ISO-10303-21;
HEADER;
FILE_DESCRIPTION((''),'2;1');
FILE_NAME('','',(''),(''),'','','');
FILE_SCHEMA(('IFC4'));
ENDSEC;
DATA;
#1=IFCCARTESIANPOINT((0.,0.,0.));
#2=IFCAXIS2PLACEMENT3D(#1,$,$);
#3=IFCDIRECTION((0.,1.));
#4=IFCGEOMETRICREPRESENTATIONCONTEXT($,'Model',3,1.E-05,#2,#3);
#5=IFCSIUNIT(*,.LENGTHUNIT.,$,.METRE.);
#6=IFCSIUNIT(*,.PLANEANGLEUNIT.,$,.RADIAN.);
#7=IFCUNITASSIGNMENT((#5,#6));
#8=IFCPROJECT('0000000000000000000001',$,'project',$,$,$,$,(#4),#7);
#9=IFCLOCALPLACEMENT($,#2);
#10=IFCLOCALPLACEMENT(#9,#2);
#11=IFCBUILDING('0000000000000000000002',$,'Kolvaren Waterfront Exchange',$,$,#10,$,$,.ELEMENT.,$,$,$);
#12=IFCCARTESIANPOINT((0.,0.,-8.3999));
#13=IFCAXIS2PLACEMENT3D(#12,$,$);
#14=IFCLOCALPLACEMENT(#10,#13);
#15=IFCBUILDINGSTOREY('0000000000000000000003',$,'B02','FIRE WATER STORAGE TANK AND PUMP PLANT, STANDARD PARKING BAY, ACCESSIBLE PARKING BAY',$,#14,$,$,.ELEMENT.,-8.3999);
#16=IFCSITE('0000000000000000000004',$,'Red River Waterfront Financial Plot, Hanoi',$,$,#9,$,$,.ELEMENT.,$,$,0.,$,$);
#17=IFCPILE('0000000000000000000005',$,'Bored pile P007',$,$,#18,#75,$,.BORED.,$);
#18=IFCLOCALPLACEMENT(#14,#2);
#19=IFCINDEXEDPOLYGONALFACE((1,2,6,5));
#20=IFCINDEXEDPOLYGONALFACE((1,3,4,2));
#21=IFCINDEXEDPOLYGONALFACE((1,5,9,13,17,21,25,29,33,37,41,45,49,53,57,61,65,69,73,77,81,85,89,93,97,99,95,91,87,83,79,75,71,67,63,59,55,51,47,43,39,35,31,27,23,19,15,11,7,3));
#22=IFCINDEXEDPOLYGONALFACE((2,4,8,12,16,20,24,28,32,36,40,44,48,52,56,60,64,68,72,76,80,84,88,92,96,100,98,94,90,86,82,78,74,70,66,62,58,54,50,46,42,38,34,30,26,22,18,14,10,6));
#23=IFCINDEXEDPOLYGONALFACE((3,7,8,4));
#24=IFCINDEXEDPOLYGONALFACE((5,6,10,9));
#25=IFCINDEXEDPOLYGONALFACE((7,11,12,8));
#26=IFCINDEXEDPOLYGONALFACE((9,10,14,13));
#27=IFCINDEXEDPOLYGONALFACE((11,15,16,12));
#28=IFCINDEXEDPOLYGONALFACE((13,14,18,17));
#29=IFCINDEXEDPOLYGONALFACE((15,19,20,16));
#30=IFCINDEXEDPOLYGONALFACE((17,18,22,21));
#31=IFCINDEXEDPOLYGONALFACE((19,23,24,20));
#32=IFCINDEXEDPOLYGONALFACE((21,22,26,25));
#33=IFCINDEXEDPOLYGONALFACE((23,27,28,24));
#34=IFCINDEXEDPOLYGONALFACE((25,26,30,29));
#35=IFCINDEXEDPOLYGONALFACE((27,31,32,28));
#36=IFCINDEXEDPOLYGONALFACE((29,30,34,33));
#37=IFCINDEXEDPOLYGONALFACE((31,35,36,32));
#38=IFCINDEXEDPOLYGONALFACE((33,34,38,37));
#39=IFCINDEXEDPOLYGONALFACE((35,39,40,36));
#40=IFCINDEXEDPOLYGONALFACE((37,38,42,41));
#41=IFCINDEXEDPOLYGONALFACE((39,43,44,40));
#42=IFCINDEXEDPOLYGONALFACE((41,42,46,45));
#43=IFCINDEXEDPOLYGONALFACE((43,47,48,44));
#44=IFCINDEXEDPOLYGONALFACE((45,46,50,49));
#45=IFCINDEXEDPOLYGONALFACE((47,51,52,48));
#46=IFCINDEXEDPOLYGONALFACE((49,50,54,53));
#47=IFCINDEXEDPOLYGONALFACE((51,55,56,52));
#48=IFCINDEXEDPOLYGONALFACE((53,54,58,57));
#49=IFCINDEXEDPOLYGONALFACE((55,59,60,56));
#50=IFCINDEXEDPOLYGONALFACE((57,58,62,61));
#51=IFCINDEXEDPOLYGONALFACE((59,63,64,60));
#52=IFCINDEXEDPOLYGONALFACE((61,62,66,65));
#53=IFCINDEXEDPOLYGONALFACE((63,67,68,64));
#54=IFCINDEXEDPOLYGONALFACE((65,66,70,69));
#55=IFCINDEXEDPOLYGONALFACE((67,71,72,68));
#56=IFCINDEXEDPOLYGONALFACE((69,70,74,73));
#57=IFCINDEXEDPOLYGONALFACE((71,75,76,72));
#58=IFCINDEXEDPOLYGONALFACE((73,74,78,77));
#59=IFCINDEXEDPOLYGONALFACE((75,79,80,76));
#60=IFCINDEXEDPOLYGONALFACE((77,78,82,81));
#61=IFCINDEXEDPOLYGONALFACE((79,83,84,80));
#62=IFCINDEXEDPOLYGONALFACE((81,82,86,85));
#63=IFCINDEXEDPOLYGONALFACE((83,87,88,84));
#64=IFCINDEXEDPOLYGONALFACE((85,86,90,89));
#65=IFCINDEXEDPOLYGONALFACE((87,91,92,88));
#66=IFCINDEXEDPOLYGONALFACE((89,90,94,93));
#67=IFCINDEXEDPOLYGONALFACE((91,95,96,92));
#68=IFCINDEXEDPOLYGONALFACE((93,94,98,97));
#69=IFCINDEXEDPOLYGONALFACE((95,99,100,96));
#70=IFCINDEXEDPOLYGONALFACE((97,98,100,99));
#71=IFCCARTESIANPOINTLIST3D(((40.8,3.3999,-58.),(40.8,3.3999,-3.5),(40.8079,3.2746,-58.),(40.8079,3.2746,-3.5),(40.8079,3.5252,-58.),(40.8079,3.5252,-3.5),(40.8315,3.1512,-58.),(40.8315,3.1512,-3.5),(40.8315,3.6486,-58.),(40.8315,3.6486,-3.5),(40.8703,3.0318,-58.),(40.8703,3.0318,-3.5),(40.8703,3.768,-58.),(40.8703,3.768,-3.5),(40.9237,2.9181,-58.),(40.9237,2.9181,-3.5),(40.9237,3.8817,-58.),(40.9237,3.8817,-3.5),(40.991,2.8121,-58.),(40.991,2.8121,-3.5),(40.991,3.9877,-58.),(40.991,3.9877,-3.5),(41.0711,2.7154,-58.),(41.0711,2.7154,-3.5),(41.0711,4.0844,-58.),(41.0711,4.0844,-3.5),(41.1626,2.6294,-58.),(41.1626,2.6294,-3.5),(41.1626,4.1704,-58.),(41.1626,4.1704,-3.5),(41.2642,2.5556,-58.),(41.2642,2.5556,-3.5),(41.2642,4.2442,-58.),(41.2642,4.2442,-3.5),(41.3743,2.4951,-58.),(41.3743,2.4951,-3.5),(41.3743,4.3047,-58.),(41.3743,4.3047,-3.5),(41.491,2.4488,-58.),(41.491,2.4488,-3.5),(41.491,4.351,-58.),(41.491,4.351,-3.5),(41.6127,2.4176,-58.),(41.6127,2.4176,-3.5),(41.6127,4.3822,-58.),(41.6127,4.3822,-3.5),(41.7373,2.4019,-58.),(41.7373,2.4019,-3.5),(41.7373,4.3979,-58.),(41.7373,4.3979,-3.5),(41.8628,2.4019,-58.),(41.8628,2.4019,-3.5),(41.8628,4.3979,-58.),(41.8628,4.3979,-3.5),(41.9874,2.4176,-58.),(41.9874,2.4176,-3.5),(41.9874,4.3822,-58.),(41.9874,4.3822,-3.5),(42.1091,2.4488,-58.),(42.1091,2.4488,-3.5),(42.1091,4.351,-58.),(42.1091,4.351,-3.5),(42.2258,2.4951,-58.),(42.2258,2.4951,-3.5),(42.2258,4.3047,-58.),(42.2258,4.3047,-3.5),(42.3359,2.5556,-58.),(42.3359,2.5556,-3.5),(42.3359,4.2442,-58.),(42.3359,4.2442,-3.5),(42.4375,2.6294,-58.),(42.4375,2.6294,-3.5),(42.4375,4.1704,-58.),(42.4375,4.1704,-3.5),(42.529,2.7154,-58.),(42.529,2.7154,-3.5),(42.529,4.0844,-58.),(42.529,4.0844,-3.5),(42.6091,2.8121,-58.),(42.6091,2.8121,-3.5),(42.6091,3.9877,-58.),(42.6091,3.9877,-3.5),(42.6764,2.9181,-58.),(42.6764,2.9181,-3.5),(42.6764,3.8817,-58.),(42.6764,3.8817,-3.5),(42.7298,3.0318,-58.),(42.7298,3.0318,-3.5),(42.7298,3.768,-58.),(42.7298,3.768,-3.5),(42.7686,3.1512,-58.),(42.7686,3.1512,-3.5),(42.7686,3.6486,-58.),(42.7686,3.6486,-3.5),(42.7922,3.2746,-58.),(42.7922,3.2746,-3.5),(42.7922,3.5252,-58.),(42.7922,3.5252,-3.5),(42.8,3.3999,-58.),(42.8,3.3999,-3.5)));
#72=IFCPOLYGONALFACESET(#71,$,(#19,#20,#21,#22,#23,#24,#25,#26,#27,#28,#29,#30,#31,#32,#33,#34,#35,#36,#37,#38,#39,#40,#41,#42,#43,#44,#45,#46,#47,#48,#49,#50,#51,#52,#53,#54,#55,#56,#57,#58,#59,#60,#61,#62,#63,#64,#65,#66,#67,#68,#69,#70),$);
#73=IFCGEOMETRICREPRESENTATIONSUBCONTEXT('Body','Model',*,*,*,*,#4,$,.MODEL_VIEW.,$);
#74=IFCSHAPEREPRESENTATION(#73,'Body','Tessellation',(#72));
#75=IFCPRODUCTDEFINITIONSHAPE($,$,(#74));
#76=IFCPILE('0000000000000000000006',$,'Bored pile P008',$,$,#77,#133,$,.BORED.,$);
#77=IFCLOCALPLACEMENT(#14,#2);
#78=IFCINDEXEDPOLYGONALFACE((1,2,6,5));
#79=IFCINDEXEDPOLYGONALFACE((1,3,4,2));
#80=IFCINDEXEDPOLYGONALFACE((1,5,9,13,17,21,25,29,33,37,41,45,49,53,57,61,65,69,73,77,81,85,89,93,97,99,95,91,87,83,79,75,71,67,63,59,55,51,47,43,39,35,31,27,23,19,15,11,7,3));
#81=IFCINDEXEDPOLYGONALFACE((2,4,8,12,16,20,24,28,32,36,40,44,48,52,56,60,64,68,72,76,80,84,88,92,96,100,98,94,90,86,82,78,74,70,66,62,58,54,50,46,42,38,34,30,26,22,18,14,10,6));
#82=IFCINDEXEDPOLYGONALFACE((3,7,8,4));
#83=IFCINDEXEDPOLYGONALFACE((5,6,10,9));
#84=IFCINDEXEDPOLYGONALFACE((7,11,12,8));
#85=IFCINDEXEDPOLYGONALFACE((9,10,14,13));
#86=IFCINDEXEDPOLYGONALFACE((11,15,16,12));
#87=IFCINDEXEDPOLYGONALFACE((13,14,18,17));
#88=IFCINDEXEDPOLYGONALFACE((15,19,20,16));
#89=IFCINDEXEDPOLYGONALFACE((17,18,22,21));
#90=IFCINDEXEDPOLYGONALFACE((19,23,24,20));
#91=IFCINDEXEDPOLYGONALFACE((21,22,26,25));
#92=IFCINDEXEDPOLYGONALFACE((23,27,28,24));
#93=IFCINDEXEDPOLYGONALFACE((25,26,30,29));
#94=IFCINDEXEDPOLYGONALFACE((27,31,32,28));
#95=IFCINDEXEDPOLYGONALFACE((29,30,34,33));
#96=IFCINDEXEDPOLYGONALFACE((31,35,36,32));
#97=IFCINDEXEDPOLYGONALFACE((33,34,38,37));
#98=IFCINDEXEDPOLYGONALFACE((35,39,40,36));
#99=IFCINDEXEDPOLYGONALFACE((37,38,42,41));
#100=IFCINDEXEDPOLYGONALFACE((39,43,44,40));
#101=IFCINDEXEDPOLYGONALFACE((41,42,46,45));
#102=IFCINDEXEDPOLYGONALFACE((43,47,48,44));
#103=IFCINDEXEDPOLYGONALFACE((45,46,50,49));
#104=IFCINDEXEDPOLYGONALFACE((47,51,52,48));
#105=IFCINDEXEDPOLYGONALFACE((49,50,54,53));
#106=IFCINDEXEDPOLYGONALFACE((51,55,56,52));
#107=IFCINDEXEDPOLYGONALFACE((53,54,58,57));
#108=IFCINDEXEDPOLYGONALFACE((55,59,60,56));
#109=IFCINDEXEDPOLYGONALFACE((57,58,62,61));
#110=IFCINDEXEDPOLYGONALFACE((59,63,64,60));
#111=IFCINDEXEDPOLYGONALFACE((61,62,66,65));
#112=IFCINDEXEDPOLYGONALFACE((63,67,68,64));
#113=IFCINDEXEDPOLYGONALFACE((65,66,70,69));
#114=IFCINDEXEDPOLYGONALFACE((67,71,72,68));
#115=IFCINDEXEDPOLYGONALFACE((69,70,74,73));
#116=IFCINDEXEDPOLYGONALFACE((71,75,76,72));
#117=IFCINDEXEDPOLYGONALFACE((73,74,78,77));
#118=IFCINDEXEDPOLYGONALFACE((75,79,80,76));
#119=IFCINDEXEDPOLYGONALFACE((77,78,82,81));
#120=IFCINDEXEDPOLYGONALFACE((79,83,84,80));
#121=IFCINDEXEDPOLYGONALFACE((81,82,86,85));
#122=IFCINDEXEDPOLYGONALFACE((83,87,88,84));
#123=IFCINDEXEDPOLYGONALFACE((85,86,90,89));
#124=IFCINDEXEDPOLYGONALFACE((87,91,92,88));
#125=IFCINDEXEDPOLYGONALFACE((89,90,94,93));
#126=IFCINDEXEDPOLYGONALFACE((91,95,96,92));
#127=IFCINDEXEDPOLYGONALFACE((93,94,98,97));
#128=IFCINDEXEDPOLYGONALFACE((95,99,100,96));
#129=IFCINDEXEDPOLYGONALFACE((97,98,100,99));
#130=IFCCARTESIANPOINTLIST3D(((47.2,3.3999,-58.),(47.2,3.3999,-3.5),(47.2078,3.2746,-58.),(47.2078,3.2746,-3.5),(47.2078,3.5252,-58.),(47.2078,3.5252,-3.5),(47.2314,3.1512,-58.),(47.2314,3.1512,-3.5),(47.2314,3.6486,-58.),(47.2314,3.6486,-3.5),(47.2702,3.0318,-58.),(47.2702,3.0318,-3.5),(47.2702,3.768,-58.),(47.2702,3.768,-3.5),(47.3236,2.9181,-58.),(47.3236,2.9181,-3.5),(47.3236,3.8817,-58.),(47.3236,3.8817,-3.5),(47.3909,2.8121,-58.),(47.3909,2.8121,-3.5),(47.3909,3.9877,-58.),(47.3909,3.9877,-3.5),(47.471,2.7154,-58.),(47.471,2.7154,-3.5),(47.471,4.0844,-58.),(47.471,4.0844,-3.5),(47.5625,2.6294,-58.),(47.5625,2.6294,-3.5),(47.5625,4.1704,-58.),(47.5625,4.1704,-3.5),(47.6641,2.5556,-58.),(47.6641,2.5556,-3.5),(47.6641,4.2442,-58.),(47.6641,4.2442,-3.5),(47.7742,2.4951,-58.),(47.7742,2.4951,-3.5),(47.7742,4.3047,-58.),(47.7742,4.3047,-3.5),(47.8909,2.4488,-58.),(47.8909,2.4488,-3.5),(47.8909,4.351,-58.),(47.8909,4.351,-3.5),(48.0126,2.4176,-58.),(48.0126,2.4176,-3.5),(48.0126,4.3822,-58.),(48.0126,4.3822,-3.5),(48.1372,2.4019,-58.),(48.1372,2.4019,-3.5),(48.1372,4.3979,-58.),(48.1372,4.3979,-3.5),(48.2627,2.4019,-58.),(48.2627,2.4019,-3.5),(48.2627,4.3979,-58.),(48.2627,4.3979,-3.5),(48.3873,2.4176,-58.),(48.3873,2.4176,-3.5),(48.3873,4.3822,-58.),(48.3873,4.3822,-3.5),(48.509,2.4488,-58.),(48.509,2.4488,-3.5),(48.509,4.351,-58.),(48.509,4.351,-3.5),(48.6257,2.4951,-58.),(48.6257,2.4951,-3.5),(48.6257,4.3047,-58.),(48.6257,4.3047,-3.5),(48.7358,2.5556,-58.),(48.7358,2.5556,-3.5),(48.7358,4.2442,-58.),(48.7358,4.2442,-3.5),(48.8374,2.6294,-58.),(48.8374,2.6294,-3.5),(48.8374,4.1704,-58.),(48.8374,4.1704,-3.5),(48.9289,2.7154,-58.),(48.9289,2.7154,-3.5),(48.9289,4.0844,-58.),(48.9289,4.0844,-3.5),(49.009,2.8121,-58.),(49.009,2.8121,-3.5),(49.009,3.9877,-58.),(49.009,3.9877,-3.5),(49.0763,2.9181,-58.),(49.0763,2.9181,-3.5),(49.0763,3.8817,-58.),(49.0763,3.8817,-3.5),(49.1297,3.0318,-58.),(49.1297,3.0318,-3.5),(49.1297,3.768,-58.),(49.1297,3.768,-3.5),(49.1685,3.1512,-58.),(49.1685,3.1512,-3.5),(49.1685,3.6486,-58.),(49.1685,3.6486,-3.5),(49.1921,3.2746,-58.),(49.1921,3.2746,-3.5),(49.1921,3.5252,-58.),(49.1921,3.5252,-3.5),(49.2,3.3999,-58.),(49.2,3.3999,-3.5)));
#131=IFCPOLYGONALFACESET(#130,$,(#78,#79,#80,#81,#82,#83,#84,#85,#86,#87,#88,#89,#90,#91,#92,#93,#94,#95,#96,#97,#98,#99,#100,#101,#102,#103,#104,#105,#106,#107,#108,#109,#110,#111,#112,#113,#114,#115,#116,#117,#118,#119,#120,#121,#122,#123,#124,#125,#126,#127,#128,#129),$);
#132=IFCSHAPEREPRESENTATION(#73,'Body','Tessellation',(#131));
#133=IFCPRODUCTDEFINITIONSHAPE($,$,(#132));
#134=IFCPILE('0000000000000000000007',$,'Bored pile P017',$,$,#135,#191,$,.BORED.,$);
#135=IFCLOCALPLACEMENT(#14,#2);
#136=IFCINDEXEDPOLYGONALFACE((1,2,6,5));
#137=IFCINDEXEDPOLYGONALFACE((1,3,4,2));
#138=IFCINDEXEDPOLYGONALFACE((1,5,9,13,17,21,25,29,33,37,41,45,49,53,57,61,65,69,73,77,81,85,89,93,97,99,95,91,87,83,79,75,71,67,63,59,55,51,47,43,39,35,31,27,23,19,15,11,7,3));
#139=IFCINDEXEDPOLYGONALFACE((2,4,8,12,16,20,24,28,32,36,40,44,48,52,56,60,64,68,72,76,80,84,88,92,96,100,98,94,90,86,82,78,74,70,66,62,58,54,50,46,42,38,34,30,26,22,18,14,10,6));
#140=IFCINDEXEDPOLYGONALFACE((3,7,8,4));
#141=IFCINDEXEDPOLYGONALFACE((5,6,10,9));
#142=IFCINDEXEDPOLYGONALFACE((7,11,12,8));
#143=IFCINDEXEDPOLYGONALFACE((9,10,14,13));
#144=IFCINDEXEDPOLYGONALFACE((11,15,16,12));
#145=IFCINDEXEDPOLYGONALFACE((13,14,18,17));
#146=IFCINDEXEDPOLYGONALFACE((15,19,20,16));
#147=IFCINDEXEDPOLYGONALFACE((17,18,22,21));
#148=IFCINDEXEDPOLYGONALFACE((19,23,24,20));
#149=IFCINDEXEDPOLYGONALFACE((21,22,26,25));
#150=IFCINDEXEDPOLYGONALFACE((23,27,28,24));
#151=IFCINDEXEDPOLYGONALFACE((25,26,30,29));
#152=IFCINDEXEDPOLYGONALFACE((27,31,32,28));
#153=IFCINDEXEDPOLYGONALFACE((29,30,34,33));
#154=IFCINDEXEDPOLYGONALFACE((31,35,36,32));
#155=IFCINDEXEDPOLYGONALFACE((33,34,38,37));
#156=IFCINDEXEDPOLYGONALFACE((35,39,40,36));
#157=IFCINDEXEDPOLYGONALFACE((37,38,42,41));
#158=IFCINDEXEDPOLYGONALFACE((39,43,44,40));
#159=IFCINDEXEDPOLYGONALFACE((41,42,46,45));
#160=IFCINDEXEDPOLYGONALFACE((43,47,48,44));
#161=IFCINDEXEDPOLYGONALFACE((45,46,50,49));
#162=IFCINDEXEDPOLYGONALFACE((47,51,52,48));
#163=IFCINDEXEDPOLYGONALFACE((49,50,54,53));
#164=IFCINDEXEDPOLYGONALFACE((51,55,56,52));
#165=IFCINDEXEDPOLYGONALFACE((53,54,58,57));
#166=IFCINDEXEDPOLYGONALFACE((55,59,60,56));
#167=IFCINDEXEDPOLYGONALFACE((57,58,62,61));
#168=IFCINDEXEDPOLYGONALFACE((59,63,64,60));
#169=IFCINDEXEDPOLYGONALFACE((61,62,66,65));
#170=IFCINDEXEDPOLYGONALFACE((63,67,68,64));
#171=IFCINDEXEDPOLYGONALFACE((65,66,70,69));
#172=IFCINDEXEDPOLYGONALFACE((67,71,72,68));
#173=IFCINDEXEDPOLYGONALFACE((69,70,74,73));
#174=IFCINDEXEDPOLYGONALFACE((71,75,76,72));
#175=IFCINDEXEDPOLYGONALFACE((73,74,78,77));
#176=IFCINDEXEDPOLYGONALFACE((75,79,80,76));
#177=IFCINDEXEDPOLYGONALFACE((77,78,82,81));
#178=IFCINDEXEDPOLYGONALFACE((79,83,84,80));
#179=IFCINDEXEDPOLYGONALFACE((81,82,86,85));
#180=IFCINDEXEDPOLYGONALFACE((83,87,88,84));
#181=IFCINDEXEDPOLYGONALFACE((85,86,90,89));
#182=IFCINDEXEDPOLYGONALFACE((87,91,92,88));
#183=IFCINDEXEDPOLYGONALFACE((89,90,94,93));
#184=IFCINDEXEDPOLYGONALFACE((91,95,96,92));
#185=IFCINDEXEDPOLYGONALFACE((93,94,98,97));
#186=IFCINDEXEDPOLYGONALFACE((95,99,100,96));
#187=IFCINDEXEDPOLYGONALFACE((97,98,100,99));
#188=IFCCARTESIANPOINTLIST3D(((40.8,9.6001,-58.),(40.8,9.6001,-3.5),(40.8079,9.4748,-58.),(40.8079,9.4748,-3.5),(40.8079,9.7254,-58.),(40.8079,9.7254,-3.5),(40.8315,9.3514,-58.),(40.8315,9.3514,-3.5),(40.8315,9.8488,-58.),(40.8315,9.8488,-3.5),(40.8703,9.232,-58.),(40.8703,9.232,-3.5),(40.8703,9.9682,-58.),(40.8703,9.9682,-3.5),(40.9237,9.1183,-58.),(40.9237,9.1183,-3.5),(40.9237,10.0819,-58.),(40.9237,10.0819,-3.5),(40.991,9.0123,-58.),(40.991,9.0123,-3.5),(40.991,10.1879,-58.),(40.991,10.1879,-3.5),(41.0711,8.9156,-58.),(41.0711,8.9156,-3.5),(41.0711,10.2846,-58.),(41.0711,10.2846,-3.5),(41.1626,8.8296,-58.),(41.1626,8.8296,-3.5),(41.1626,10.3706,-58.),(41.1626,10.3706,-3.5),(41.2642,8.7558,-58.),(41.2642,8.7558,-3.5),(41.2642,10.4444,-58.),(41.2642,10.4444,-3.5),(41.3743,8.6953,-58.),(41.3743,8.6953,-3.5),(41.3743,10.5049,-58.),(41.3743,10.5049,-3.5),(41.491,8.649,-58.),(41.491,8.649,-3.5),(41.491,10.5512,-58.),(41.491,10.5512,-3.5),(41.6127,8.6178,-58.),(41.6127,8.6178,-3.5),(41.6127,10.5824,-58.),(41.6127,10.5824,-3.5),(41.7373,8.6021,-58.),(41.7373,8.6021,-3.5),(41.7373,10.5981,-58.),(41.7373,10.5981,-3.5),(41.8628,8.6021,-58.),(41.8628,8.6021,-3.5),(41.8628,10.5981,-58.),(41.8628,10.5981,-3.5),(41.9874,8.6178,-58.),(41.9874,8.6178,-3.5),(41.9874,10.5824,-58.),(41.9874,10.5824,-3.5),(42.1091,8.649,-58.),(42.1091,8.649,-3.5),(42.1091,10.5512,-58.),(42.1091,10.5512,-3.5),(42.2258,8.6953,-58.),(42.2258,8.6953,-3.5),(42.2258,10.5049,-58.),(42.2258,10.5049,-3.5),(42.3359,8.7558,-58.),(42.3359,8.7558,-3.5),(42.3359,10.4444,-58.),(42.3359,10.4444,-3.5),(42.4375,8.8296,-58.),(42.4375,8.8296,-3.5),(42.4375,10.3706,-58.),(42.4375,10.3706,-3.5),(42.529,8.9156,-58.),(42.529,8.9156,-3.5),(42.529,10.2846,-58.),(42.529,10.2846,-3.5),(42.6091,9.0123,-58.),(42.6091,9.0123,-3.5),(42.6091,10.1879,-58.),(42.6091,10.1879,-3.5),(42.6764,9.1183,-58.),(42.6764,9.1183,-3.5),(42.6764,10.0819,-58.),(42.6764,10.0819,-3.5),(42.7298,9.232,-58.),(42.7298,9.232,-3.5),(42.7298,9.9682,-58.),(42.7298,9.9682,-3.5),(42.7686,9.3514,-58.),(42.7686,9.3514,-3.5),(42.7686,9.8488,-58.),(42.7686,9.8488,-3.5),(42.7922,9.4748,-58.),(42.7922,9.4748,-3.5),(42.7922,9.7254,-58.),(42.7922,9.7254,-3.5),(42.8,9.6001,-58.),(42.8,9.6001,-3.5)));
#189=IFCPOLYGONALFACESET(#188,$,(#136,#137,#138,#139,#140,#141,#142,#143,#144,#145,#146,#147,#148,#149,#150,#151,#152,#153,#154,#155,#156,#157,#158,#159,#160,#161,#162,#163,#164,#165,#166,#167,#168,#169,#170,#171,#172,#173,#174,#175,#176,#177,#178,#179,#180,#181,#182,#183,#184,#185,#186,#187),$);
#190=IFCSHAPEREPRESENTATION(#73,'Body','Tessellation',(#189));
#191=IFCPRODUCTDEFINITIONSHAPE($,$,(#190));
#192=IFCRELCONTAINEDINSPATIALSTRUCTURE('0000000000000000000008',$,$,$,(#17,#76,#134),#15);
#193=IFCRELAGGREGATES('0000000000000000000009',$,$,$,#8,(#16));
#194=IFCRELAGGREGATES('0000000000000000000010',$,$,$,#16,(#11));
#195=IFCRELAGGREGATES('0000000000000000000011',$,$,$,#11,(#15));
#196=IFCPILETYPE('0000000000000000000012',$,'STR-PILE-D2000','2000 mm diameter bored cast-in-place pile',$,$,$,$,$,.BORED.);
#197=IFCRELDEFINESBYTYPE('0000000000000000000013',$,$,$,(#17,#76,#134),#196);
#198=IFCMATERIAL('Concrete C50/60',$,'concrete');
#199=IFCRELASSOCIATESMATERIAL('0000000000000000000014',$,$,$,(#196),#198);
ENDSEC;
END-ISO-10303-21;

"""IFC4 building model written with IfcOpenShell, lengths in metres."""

from ifc_helpers import new_model, si_unit, direction, frame, origin, origin_2d, place, context, subcontext, project, spatial, circle, extrude, material, material_profile, profile_set, type_object, element, save


model = new_model("IFC4")

# Units and contexts
model_context = context("Model", 3, precision=1e-05, world=origin(), true_north=direction((0.0, 1.0)))
body_context = subcontext(model_context, "Body", "Model", "MODEL_VIEW")
ifc_project = project(units=[si_unit("LENGTHUNIT", "METRE"), si_unit("PLANEANGLEUNIT", "RADIAN")], contexts=[model_context])

# Site, building, storey
site_placement = place(None, origin())
site = spatial("IfcSite", under=ifc_project, at=site_placement, Name="Red River Waterfront Financial Plot, Hanoi", CompositionType="ELEMENT", RefElevation=0.0)
building_placement = place(site_placement, origin())
building = spatial("IfcBuilding", under=site, at=building_placement, Name="Kolvaren Waterfront Exchange", CompositionType="ELEMENT")
storey_placement = place(building_placement, frame((0.0, 0.0, -8.3999)))
storey = spatial("IfcBuildingStorey", under=building, at=storey_placement, Name="B02", Description="FIRE WATER STORAGE TANK AND PUMP PLANT, STANDARD PARKING BAY, ACCESSIBLE PARKING BAY", CompositionType="ELEMENT", Elevation=-8.3999)

# Piles
ifc_material_1 = material(Name="Concrete C50/60", Category="concrete")
ifc_material_profile_1 = material_profile(ifc_material_1, circle(Radius=1.0, at=origin_2d()), Name="RC-PILE-D2000")
ifc_profile_set_1 = profile_set([ifc_material_profile_1], Name="Concrete C50/60")
pile_type = type_object("IfcPileType", Name="STR-PILE-D2000", Description="2000 mm diameter bored cast-in-place pile", PredefinedType="BORED", material=ifc_profile_set_1)
for number, where, z_axis, x_axis, name in (
    (1, (41.8, 3.3999, -3.5), (0.0, 0.0, -1.0), (1.0, 0.0, 0.0), "Bored pile P007"),
    (2, (48.2, 3.3999, -3.5), (0.0, 0.0, -1.0), (1.0, 0.0, 0.0), "Bored pile P008"),
    (3, (41.8, 9.6001, -3.5), (0.0, 0.0, -1.0), (1.0, 0.0, 0.0), "Bored pile P017"),
):
    element("IfcPile", number, at=place(storey_placement, frame(where, z_axis=z_axis, x_axis=x_axis)), inside=storey, type_object=pile_type, Name=name, PredefinedType="BORED", context=body_context, shape_type="SweptSolid", body=[
        extrude(circle(Radius=1.0, at=origin_2d()), origin(), (0.0, 0.0, 1.0), 54.5),
    ])

save(model, "model.ifc")
